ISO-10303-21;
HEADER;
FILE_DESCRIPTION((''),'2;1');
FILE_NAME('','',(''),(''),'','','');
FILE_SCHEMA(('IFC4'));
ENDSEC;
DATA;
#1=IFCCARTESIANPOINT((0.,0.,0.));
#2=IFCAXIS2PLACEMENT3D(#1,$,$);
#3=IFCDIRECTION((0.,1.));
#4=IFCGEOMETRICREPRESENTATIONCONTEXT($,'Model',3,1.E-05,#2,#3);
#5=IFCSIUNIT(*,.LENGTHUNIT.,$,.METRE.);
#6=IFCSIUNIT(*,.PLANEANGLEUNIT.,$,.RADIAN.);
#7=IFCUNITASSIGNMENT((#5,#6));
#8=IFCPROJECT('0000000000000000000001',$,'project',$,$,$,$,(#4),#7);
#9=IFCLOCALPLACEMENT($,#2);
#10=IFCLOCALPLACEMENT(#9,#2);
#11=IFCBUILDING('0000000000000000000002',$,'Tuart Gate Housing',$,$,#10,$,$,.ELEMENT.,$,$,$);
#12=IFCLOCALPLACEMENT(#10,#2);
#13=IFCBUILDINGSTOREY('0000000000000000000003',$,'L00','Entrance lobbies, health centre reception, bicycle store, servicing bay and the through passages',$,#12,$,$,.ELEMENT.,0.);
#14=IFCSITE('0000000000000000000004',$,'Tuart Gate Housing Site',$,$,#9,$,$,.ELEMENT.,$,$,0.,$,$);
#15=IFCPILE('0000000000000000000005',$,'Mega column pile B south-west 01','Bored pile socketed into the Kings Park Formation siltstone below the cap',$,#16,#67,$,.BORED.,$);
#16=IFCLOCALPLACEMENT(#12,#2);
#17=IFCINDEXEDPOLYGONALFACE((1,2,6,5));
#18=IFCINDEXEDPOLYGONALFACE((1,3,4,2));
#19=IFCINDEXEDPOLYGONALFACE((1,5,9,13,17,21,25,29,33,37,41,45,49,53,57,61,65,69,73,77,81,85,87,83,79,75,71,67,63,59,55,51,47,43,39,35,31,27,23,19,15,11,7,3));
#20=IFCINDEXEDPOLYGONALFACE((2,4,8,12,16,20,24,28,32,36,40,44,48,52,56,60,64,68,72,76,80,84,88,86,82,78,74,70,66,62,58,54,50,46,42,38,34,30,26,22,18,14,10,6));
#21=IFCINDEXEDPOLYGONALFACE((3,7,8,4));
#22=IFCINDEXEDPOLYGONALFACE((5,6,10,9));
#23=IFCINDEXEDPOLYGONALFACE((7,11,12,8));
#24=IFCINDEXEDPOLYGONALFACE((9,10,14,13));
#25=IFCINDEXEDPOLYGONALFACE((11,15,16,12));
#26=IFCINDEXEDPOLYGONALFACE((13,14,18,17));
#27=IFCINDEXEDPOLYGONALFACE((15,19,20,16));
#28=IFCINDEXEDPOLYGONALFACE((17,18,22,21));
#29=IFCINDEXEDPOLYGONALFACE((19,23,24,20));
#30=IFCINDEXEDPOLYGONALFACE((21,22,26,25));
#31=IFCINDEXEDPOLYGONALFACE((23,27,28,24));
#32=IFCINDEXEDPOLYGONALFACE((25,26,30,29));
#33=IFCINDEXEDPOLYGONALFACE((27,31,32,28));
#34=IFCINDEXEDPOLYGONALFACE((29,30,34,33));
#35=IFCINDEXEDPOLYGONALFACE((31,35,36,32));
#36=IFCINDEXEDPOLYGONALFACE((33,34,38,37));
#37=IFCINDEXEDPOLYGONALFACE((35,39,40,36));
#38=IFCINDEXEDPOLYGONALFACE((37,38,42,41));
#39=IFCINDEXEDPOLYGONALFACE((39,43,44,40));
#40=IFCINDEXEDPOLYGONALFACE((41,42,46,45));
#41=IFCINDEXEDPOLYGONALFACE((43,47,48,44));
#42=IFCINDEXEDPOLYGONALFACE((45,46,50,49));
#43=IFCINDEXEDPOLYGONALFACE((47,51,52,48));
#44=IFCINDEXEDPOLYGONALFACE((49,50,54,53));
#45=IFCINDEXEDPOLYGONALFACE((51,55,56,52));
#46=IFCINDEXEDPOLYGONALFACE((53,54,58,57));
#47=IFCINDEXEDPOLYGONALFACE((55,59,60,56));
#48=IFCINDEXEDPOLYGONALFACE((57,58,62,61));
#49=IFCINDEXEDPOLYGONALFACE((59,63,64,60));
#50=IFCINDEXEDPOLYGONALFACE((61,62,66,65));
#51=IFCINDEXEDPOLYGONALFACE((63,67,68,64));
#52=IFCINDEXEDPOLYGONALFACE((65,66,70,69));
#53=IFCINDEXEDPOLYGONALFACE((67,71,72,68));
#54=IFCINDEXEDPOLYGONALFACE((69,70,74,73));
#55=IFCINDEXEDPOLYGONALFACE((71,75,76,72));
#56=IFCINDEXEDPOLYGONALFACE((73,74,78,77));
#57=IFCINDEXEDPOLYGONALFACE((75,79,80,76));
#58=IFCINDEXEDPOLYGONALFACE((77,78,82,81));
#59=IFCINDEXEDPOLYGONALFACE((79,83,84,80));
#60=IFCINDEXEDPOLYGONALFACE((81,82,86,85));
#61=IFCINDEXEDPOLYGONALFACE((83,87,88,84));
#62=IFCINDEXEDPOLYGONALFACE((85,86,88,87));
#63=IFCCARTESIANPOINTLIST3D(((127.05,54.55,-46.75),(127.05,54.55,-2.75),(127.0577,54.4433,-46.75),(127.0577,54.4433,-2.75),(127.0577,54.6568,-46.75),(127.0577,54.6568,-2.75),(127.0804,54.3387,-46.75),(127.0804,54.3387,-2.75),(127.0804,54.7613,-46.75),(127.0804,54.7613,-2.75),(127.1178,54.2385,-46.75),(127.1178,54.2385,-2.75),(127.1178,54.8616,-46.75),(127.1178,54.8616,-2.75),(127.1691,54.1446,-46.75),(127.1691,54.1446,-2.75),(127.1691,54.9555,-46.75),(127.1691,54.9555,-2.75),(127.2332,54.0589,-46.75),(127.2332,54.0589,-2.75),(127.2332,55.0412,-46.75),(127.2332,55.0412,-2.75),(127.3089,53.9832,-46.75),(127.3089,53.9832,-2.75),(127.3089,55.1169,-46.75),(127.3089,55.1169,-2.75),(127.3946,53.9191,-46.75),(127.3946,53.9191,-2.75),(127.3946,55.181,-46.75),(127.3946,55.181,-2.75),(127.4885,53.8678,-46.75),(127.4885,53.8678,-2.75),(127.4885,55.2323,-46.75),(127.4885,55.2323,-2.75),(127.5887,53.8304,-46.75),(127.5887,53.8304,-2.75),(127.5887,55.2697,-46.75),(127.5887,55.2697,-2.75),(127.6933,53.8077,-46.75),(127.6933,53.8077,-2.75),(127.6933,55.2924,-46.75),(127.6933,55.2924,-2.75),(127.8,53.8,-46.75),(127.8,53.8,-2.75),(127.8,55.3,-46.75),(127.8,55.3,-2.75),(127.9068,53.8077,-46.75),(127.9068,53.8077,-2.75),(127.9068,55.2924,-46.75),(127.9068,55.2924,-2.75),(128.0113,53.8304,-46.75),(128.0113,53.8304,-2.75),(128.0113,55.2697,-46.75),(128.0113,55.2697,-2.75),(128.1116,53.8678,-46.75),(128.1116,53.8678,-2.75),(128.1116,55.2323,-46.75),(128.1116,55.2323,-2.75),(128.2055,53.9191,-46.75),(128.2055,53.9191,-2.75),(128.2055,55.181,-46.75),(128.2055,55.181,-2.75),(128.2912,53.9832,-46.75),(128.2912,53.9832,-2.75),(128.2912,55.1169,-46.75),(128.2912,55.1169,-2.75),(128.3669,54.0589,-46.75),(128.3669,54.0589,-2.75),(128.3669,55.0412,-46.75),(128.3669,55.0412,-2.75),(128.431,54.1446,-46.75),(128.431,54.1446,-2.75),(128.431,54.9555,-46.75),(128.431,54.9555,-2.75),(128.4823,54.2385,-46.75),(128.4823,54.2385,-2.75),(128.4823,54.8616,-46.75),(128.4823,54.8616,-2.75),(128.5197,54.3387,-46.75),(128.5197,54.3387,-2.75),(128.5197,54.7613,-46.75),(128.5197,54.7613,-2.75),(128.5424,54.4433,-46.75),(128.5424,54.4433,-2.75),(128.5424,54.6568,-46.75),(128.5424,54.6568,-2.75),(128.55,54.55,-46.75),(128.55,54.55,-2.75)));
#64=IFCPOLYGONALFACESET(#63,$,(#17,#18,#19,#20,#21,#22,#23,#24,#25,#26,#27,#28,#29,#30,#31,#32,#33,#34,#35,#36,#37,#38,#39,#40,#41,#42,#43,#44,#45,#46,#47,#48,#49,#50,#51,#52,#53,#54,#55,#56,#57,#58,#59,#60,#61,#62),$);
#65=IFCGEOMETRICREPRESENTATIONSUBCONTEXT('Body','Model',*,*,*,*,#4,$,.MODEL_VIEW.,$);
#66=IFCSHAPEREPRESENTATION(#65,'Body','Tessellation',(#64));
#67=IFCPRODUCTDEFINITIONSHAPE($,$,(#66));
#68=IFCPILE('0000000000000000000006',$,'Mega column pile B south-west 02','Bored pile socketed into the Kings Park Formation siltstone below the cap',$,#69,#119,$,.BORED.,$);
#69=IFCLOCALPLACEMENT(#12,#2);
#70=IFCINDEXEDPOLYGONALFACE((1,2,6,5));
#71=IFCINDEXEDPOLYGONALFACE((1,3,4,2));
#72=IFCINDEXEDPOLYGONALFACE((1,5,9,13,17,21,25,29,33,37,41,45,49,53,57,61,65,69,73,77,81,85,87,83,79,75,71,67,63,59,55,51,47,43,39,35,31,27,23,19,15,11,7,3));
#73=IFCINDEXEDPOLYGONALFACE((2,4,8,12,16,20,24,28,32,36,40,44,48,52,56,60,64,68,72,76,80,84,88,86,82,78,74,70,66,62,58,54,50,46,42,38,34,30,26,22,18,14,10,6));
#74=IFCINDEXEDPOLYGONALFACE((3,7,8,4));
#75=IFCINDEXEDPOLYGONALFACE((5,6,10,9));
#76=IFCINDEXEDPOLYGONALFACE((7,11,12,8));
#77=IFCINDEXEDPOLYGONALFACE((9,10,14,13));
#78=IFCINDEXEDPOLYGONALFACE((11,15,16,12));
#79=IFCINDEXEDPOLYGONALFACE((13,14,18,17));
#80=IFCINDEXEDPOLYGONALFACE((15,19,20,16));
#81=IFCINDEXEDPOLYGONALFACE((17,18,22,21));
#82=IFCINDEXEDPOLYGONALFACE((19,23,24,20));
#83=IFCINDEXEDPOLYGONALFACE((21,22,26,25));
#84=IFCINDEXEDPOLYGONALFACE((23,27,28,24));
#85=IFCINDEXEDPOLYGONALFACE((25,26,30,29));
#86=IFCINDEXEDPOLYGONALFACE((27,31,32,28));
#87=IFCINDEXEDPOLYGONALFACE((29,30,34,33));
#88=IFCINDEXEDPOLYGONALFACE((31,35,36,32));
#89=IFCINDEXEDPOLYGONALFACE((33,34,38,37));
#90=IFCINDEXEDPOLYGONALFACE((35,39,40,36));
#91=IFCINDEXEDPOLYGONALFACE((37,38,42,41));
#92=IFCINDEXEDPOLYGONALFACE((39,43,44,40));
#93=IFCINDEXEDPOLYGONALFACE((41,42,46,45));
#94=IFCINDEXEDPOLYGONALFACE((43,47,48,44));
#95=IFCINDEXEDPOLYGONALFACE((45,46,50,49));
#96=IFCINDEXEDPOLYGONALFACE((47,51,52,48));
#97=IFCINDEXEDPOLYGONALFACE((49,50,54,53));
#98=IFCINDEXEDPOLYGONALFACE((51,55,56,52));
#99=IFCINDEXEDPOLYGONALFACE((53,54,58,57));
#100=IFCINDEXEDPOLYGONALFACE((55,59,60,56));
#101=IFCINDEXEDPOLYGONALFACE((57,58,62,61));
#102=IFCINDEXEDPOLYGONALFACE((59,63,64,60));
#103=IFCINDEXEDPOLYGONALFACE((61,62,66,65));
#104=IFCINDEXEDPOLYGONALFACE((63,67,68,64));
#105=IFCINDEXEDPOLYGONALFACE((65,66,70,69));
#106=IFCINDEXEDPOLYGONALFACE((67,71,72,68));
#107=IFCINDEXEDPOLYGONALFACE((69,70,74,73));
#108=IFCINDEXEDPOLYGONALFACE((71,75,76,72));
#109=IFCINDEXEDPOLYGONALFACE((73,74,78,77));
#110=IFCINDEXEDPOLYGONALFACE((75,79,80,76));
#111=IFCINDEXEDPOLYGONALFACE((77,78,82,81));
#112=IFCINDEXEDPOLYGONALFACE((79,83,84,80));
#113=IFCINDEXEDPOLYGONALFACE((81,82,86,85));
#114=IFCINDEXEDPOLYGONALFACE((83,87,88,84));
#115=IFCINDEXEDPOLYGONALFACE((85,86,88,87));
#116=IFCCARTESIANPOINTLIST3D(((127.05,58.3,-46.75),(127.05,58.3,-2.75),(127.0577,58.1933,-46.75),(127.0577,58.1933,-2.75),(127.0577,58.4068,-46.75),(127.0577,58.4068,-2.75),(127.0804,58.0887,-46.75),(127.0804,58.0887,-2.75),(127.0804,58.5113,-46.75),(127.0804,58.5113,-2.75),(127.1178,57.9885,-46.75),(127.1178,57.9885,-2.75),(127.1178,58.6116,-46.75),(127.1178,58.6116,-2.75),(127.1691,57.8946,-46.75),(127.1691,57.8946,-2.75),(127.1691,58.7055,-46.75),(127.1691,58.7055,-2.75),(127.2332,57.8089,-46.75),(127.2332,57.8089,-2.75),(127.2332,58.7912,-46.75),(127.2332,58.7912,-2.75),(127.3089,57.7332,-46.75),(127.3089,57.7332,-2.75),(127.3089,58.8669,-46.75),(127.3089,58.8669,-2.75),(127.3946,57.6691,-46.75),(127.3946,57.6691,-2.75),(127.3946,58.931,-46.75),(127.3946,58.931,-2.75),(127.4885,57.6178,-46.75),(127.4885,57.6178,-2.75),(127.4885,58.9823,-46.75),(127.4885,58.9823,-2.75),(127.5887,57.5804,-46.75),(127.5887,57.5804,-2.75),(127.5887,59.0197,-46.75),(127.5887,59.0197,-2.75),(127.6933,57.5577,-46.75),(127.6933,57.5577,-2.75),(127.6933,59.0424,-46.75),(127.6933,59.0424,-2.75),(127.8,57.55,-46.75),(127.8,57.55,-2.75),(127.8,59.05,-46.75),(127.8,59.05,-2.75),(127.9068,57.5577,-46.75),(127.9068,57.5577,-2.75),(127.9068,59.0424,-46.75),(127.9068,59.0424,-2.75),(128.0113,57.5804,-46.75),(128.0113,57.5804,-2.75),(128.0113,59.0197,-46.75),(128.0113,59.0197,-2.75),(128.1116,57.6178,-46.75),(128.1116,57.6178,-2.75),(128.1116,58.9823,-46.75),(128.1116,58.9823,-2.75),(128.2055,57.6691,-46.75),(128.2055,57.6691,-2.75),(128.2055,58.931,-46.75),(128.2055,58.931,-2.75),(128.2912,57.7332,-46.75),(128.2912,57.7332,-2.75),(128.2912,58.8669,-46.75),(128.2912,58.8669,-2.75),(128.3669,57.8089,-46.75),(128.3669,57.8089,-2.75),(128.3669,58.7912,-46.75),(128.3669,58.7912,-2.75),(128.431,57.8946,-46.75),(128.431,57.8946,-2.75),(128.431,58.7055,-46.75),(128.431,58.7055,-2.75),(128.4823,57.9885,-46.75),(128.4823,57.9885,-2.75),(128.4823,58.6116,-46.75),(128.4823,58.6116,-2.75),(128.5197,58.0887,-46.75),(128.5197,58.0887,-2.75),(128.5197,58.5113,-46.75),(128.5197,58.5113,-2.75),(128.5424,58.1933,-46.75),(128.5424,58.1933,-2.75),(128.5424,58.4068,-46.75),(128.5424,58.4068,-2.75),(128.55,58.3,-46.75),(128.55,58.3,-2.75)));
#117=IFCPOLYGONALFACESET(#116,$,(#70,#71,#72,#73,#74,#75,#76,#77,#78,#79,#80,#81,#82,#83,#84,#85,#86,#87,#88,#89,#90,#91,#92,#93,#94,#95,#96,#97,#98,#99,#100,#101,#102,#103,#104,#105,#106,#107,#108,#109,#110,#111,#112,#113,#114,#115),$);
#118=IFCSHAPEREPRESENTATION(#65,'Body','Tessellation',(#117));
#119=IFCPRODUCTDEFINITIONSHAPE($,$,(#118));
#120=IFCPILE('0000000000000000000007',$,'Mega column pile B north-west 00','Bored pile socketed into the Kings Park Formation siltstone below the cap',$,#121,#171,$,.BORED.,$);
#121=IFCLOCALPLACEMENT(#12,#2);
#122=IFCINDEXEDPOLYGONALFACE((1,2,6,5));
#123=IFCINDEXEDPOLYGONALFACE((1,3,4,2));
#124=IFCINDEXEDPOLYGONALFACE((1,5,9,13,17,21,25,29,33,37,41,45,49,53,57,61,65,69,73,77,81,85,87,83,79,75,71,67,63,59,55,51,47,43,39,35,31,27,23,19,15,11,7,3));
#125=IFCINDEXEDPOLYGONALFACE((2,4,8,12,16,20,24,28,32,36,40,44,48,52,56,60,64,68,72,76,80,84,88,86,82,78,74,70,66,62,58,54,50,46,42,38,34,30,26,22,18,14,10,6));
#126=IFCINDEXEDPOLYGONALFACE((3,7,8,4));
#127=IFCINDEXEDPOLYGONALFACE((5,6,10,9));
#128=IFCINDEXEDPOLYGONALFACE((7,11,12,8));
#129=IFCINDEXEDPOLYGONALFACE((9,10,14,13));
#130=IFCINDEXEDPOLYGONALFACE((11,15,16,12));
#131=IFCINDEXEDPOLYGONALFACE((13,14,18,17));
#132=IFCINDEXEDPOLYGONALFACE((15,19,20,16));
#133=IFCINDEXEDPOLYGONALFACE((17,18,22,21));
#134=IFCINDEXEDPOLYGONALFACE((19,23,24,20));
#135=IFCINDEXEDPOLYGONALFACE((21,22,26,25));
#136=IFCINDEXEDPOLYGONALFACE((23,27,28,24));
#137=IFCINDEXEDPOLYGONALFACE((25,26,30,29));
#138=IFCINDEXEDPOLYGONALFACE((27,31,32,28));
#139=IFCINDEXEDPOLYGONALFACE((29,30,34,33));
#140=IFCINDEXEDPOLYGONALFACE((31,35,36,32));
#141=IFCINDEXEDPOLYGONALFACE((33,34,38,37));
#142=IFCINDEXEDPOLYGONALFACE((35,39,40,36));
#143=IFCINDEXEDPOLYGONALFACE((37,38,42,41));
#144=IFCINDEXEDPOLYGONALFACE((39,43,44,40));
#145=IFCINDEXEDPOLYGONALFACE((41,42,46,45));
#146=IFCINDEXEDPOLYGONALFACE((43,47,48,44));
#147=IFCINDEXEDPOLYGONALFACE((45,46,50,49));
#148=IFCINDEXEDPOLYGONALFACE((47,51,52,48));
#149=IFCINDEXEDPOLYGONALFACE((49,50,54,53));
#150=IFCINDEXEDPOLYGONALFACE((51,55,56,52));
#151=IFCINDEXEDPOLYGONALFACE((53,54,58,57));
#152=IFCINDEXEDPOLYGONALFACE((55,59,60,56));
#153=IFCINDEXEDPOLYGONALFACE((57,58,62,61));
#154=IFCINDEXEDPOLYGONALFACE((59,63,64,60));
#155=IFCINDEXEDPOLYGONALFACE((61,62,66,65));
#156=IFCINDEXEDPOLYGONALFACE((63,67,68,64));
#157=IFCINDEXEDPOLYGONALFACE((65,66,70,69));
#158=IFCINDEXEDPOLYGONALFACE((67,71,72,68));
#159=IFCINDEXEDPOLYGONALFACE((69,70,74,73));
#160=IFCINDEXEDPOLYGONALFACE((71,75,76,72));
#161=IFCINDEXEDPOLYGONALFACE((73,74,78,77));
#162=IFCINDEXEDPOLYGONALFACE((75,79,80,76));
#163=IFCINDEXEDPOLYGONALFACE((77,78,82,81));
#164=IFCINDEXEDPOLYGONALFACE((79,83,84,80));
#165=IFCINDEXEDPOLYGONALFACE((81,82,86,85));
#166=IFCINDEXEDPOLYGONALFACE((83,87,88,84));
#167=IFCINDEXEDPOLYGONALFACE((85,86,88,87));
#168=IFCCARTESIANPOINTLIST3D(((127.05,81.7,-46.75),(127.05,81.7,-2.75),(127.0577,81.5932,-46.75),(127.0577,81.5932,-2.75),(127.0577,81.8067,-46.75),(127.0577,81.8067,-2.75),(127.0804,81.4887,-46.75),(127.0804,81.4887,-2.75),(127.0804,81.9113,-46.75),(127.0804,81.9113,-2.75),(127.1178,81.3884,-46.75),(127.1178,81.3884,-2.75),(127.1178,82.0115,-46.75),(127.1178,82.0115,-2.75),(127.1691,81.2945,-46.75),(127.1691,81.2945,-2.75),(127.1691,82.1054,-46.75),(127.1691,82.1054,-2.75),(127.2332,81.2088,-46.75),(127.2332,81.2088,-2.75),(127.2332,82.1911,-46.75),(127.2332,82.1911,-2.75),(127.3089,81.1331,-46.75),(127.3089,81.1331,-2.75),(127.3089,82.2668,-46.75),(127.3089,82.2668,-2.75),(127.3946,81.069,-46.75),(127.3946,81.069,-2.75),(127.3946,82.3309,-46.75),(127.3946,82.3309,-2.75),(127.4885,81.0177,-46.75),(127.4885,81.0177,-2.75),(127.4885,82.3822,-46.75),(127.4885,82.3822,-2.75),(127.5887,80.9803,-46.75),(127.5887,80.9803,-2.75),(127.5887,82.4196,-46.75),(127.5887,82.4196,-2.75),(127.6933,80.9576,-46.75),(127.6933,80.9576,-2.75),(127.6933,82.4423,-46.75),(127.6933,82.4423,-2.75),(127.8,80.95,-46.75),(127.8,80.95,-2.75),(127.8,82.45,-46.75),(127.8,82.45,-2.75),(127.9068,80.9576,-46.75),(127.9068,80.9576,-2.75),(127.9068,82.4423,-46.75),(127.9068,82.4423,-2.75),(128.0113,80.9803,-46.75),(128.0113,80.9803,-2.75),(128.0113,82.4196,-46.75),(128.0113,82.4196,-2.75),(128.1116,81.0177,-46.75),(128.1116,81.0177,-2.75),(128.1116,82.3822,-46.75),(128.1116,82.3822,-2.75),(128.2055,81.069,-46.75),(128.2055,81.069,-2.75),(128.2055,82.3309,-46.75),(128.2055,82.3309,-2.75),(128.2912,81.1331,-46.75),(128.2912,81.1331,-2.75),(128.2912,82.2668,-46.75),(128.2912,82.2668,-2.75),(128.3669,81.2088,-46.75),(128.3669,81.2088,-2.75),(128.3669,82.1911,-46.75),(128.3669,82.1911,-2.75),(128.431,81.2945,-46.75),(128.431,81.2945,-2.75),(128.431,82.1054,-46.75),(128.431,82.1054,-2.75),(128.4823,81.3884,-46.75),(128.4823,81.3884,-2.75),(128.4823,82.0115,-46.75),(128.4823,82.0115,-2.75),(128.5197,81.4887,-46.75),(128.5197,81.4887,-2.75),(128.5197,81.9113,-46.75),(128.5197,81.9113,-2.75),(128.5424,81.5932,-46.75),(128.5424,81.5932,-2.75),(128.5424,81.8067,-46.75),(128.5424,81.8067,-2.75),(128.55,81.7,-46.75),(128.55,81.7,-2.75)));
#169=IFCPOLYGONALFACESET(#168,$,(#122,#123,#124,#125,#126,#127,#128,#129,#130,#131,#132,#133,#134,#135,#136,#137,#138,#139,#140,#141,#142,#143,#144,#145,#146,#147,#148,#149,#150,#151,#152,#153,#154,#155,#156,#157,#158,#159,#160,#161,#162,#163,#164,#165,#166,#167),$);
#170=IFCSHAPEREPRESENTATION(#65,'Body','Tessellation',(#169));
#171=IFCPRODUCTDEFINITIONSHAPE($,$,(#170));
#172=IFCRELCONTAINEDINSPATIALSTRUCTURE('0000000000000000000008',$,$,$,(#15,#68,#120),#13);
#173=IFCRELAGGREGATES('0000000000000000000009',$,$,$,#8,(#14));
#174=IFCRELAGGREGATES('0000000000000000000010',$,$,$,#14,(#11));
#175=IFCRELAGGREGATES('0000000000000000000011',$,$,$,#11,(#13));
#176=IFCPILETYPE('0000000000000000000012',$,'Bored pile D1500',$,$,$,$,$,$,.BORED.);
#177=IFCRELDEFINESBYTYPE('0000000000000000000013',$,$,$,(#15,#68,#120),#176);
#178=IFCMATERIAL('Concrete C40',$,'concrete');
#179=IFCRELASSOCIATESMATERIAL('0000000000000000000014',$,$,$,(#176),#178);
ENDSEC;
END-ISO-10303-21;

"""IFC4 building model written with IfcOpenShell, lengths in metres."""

from ifc_helpers import new_model, si_unit, direction, frame, origin, origin_2d, place, context, subcontext, project, spatial, circle, extrude, material, material_profile, profile_set, type_object, element, save


model = new_model("IFC4")

# Units and contexts
model_context = context("Model", 3, precision=1e-05, world=origin(), true_north=direction((0.0, 1.0)))
body_context = subcontext(model_context, "Body", "Model", "MODEL_VIEW")
ifc_project = project(units=[si_unit("LENGTHUNIT", "METRE"), si_unit("PLANEANGLEUNIT", "RADIAN")], contexts=[model_context])

# Site, building, storey
site_placement = place(None, origin())
site = spatial("IfcSite", under=ifc_project, at=site_placement, Name="Tuart Gate Housing Site", CompositionType="ELEMENT", RefElevation=0.0)
building_placement = place(site_placement, origin())
building = spatial("IfcBuilding", under=site, at=building_placement, Name="Tuart Gate Housing", CompositionType="ELEMENT")
storey_placement = place(building_placement, origin())
storey = spatial("IfcBuildingStorey", under=building, at=storey_placement, Name="L00", Description="Entrance lobbies, health centre reception, bicycle store, servicing bay and the through passages", CompositionType="ELEMENT", Elevation=0.0)

# Piles
ifc_material_1 = material(Name="Concrete C40", Category="concrete")
ifc_material_profile_1 = material_profile(ifc_material_1, circle(Radius=0.75, at=origin_2d()), Name="Bored pile D1500")
ifc_profile_set_1 = profile_set([ifc_material_profile_1], Name="Concrete C40")
pile_type = type_object("IfcPileType", Name="Bored pile D1500", PredefinedType="BORED", material=ifc_profile_set_1)
for number, where, z_axis, x_axis, name in (
    (1, (127.8, 54.55, -2.75), (0.0, 0.0, -1.0), (1.0, 0.0, 0.0), "Mega column pile B south-west 01"),
    (2, (127.8, 58.3, -2.75), (0.0, 0.0, -1.0), (1.0, 0.0, 0.0), "Mega column pile B south-west 02"),
    (3, (127.8, 81.7, -2.75), (0.0, 0.0, -1.0), (1.0, 0.0, 0.0), "Mega column pile B north-west 00"),
):
    element("IfcPile", number, at=place(storey_placement, frame(where, z_axis=z_axis, x_axis=x_axis)), inside=storey, type_object=pile_type, Name=name, Description="Bored pile socketed into the Kings Park Formation siltstone below the cap", PredefinedType="BORED", context=body_context, shape_type="SweptSolid", body=[
        extrude(circle(Radius=0.75, at=origin_2d()), origin(), (0.0, 0.0, 1.0), 44.0),
    ])

save(model, "model.ifc")
